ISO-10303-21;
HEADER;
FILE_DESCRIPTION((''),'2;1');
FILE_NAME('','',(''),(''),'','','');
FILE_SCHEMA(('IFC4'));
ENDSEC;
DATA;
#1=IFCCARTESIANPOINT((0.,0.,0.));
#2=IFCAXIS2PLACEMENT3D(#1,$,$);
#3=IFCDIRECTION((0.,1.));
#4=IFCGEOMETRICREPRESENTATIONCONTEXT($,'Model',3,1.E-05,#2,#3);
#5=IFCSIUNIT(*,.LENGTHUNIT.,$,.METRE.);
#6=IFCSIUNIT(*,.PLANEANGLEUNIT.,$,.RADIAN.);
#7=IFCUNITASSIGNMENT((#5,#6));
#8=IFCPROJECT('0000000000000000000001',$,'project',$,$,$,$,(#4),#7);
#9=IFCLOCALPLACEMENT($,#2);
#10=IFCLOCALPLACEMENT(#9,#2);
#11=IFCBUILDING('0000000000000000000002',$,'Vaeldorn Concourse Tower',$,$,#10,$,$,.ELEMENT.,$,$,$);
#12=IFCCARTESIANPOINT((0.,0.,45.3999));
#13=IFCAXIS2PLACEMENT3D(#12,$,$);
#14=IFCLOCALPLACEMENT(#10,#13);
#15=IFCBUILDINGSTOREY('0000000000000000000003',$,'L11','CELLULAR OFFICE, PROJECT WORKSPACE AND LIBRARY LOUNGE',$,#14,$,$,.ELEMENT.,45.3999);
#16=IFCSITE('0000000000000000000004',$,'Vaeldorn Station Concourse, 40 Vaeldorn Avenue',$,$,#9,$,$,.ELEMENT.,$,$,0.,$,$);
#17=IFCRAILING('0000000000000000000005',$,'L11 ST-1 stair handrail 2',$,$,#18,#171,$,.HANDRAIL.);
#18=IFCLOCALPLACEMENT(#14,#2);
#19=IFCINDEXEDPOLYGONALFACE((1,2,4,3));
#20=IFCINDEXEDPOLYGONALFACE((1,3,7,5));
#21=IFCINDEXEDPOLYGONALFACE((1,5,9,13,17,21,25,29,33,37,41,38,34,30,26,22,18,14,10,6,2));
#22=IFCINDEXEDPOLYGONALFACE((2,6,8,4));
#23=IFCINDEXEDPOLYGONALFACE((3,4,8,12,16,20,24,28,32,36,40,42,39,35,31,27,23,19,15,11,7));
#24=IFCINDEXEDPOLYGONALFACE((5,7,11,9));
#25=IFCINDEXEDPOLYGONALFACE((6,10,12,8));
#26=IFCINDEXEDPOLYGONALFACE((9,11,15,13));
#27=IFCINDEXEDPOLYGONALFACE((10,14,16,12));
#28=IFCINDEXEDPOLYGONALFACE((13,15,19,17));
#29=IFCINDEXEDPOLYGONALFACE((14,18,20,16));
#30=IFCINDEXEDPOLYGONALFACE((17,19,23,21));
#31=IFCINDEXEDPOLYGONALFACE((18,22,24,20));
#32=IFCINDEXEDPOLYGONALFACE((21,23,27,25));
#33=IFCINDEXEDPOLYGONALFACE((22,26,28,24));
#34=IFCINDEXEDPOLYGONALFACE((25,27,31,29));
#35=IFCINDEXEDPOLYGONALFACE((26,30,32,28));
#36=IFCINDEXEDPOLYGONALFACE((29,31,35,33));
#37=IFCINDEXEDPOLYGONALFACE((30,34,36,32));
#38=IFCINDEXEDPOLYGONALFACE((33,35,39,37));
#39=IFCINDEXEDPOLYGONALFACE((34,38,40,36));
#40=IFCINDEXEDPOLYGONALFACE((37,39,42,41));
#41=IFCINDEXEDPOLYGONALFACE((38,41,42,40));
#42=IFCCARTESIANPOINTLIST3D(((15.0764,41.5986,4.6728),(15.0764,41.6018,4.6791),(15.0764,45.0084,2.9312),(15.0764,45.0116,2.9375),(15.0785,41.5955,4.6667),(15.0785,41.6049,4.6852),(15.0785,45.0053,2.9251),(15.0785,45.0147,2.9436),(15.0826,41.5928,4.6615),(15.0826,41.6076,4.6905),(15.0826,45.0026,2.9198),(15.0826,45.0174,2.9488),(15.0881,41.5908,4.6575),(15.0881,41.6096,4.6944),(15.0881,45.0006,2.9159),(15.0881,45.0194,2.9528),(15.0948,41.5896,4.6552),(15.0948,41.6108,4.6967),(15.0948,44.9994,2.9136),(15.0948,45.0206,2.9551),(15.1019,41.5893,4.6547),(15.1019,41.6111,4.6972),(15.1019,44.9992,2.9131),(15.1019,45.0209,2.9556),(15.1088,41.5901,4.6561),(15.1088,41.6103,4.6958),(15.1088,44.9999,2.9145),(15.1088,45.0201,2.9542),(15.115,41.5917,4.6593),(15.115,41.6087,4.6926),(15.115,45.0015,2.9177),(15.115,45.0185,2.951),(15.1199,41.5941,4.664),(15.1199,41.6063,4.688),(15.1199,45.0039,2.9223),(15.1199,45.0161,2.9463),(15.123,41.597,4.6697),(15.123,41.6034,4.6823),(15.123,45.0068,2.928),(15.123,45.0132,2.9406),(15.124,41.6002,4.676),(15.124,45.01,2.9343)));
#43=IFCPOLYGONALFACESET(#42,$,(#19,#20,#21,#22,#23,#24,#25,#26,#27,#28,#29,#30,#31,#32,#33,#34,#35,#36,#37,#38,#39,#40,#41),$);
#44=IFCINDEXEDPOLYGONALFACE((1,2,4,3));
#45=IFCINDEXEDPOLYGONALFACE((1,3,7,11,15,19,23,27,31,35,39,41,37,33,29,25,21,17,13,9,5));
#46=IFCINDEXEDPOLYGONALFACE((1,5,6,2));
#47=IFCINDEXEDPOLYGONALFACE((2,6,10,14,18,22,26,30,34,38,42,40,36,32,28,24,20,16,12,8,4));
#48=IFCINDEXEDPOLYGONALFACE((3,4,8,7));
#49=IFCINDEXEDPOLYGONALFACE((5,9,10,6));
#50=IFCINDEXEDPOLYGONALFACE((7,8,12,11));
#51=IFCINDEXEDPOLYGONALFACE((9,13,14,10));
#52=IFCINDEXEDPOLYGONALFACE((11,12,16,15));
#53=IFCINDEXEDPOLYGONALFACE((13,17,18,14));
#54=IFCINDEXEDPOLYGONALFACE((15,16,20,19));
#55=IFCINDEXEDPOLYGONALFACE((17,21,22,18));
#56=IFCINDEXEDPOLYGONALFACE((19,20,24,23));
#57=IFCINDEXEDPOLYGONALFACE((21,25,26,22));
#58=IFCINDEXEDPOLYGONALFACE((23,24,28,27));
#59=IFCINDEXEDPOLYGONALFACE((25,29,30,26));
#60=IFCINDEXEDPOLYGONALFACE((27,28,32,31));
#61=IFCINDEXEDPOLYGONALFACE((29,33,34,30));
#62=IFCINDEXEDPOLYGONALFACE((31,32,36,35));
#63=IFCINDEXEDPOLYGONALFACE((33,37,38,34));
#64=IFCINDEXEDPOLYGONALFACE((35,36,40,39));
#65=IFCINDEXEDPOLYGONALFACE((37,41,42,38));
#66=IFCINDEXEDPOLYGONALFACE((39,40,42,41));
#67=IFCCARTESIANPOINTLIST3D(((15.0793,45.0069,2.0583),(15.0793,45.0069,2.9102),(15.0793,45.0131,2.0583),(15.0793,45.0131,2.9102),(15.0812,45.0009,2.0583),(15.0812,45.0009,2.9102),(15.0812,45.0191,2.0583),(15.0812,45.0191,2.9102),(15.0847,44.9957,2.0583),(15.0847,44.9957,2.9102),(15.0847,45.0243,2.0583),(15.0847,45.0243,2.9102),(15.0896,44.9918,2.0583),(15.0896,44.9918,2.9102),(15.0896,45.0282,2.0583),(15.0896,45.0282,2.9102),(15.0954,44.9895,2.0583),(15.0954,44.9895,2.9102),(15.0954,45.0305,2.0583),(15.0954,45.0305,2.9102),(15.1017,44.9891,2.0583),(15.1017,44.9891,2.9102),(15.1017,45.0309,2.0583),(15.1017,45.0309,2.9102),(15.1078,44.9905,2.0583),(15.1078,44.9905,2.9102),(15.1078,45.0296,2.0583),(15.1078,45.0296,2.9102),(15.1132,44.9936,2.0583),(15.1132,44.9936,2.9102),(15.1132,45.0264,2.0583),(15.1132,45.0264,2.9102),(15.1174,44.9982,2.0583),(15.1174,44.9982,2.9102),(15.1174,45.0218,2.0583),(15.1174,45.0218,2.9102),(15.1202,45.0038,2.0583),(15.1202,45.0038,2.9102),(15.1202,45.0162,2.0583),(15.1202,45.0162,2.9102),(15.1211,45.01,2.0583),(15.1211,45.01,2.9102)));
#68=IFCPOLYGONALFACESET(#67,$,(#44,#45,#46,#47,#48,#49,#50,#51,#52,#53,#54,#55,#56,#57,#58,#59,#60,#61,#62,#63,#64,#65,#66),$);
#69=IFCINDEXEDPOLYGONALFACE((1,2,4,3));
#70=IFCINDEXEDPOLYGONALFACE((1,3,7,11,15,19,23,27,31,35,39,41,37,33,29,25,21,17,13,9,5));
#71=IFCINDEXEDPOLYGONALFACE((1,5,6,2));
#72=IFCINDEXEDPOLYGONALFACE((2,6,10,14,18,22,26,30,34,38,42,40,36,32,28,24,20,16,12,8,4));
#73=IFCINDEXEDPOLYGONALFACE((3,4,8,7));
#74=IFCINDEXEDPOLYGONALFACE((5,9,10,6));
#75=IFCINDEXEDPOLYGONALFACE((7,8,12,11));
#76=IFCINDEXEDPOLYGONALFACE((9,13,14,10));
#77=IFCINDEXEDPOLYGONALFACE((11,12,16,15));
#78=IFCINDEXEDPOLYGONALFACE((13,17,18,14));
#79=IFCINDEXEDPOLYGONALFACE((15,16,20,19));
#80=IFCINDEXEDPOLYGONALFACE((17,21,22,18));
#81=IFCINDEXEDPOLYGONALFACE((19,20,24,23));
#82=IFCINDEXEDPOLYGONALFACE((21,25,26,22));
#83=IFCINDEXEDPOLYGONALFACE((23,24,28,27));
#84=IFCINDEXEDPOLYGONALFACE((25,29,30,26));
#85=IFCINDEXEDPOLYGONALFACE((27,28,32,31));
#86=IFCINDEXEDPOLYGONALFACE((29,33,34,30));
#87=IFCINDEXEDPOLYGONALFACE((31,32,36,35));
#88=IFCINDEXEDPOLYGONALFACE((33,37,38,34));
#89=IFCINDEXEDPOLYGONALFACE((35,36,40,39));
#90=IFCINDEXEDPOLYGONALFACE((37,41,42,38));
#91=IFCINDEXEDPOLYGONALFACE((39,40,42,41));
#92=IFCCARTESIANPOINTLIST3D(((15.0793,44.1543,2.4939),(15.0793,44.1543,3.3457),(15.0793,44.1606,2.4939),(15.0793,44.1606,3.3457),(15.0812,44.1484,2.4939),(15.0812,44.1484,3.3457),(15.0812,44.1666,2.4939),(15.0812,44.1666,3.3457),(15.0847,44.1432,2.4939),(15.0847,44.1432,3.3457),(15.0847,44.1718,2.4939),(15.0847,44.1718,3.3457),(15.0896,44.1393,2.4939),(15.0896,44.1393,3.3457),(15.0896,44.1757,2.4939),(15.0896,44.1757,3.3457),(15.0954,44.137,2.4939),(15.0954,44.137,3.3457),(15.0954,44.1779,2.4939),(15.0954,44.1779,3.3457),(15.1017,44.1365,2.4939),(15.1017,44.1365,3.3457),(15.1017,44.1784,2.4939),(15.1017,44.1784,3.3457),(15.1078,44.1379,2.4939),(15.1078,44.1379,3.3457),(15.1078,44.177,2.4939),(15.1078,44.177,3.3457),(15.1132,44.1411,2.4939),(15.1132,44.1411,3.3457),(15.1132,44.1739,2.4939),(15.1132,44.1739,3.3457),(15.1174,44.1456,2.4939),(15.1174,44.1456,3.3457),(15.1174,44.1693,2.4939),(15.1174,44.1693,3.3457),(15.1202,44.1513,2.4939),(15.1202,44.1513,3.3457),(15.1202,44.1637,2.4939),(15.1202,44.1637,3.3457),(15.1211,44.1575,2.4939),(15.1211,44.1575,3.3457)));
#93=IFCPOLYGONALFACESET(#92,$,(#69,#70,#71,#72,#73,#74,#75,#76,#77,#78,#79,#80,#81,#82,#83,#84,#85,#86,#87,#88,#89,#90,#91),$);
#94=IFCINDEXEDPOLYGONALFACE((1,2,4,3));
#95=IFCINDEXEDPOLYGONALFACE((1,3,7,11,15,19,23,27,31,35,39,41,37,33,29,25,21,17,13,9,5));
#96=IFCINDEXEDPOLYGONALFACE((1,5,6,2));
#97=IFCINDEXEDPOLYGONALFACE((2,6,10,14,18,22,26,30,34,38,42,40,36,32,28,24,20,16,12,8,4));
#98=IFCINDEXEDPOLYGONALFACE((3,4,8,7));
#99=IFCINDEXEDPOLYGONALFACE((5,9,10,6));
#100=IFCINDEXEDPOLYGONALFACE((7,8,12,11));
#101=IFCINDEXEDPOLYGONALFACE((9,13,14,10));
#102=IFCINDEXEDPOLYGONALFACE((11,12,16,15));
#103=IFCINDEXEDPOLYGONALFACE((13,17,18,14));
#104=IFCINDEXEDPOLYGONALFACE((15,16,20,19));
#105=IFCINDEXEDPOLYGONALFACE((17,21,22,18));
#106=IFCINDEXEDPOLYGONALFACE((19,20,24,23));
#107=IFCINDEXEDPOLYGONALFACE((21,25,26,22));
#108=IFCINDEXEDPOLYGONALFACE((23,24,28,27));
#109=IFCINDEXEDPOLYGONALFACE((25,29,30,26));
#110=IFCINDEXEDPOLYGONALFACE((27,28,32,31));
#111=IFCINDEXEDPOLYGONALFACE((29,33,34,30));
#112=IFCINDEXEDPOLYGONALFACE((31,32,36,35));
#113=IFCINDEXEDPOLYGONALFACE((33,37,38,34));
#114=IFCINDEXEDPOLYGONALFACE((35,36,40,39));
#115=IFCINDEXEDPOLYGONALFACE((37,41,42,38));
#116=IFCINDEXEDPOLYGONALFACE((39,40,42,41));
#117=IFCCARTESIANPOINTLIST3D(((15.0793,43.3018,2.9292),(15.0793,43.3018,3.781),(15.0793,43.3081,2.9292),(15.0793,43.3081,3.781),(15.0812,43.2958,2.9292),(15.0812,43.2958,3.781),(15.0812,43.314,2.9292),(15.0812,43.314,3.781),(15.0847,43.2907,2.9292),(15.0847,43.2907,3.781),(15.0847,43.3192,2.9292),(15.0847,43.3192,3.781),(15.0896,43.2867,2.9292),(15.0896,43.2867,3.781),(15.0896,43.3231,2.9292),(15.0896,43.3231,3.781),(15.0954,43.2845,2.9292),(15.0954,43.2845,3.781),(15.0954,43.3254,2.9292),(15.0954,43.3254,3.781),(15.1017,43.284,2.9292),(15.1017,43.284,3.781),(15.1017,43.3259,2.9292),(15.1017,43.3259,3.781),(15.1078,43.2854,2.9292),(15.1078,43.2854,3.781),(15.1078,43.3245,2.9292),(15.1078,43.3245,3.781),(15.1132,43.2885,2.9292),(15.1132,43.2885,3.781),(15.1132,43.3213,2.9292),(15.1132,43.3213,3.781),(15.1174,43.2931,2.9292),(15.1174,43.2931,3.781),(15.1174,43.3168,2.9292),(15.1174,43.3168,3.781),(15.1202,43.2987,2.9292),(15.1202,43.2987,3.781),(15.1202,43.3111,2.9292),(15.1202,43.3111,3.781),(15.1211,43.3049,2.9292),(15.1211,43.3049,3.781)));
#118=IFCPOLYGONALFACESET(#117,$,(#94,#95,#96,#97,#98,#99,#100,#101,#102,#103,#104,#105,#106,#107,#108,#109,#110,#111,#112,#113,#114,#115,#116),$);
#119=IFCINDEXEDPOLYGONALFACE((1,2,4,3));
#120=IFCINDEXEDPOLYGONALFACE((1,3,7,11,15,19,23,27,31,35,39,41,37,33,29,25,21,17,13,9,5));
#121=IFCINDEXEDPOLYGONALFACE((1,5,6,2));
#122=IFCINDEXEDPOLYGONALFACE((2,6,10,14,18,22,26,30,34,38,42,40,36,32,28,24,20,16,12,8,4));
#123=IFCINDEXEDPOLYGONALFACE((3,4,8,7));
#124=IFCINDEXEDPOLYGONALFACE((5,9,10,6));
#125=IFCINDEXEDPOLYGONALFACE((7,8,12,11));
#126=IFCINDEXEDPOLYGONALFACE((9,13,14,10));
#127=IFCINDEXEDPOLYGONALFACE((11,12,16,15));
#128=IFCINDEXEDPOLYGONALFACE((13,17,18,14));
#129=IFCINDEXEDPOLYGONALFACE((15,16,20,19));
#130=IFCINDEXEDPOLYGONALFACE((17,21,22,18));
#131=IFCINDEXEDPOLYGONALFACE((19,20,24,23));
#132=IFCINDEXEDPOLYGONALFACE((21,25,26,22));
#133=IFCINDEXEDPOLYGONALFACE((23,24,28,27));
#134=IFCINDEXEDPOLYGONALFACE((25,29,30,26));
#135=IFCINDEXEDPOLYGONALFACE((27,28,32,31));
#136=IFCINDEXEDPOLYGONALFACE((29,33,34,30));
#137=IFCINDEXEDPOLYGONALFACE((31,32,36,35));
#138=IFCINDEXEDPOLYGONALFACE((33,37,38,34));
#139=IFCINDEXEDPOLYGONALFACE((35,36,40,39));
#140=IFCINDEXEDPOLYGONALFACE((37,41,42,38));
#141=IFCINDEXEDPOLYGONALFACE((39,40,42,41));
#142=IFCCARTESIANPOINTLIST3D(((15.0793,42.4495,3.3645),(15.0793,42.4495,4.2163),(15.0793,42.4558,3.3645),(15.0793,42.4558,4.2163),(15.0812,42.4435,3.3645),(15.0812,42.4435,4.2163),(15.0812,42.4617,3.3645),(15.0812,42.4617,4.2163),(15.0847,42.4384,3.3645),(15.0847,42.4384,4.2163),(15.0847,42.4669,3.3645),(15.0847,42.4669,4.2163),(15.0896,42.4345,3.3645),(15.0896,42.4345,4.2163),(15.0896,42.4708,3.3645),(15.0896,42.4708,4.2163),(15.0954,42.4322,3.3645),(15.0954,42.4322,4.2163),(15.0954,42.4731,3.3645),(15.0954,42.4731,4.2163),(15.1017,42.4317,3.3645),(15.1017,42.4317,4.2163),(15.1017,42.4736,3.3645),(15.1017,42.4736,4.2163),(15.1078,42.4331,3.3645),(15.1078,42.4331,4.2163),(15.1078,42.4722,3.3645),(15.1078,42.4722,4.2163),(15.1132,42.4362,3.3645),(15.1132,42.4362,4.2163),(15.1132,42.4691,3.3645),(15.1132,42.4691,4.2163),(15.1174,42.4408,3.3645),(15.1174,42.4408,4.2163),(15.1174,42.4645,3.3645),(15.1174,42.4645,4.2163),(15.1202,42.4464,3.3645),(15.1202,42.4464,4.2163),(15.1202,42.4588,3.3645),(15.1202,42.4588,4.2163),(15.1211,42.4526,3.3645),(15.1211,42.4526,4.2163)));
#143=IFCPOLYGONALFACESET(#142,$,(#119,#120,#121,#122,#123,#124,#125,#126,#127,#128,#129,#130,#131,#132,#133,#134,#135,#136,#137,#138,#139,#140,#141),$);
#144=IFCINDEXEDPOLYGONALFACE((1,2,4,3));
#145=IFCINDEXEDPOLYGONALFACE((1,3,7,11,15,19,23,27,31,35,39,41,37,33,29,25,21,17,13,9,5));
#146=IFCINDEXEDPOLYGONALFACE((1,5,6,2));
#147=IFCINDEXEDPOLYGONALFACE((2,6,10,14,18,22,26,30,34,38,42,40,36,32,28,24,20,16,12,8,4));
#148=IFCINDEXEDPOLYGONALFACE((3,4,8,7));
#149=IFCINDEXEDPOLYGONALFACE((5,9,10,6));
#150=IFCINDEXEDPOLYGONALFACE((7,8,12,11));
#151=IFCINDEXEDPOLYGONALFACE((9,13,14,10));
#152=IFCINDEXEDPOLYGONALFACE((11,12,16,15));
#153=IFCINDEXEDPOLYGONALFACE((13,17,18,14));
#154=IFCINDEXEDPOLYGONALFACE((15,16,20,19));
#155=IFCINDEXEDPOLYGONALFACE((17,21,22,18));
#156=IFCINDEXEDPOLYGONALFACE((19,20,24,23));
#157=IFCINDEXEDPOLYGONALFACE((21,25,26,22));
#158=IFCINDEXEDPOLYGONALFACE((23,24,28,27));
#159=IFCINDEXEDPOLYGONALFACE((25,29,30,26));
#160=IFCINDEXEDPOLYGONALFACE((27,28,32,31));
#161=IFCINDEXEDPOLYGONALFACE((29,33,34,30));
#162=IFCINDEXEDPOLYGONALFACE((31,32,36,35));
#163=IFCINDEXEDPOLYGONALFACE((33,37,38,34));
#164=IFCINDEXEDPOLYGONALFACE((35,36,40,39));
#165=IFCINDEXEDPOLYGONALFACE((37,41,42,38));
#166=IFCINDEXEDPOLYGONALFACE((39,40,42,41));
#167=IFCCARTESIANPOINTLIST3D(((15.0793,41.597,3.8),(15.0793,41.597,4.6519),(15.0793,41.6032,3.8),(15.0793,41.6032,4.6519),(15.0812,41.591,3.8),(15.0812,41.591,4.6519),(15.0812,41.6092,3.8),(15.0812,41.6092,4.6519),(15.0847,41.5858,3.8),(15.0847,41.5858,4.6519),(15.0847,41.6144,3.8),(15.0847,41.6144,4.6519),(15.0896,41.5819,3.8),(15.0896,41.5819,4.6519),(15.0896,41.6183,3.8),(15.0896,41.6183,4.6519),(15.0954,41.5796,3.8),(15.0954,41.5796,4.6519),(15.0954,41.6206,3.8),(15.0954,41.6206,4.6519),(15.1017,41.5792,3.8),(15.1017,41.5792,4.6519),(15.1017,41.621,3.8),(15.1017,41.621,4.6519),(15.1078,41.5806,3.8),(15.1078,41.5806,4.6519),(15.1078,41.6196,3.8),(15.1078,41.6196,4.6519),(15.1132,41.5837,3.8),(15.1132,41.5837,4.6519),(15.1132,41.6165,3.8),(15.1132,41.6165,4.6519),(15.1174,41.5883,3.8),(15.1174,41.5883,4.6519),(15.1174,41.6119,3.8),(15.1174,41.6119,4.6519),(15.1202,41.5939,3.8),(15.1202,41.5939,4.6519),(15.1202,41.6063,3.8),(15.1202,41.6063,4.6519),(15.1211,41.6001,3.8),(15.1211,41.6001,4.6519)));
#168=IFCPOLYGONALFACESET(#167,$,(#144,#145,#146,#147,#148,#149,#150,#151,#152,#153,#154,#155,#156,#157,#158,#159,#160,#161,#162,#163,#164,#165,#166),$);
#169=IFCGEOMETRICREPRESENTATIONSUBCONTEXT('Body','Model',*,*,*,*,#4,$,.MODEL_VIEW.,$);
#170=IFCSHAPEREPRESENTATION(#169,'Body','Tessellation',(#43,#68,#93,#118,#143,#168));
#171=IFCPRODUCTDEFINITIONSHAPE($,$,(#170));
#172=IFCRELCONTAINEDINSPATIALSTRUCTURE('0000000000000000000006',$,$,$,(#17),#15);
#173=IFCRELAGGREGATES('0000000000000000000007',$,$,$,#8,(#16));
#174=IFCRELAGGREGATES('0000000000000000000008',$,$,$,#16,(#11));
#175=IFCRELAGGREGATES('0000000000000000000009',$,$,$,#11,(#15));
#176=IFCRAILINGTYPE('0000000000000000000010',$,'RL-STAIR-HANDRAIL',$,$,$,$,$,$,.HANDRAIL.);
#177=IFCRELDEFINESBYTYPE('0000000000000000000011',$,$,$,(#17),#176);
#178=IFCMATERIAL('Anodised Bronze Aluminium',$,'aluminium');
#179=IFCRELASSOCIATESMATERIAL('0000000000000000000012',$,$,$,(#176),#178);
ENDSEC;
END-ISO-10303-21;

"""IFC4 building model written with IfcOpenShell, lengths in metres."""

from ifc_helpers import new_model, si_unit, direction, frame, origin, origin_2d, place, context, subcontext, project, spatial, circle, extrude, material, type_object, element, save


model = new_model("IFC4")

# Units and contexts
model_context = context("Model", 3, precision=1e-05, world=origin(), true_north=direction((0.0, 1.0)))
body_context = subcontext(model_context, "Body", "Model", "MODEL_VIEW")
ifc_project = project(units=[si_unit("LENGTHUNIT", "METRE"), si_unit("PLANEANGLEUNIT", "RADIAN")], contexts=[model_context])

# Site, building, storey
site_placement = place(None, origin())
site = spatial("IfcSite", under=ifc_project, at=site_placement, Name="Vaeldorn Station Concourse, 40 Vaeldorn Avenue", CompositionType="ELEMENT", RefElevation=0.0)
building_placement = place(site_placement, origin())
building = spatial("IfcBuilding", under=site, at=building_placement, Name="Vaeldorn Concourse Tower", CompositionType="ELEMENT")
storey_placement = place(building_placement, frame((0.0, 0.0, 45.3999)))
storey = spatial("IfcBuildingStorey", under=building, at=storey_placement, Name="L11", Description="CELLULAR OFFICE, PROJECT WORKSPACE AND LIBRARY LOUNGE", CompositionType="ELEMENT", Elevation=45.3999)

# Shared definitions
ifc_material_1 = material(Name="Anodised Bronze Aluminium", Category="aluminium")

# Railing
railing_type_1 = type_object("IfcRailingType", Name="RL-STAIR-HANDRAIL", PredefinedType="HANDRAIL", material=ifc_material_1)
railing_1_placement = place(storey_placement, frame((15.1001, 45.01, 2.0583)))
element("IfcRailing", 1, at=railing_1_placement, inside=storey, type_object=railing_type_1, Name="L11 ST-1 stair handrail 2", PredefinedType="HANDRAIL", context=body_context, shape_type="SweptSolid", body=[
    extrude(circle(Radius=0.0239, at=origin_2d()), frame((0.0, 0.0, 0.876), z_axis=(0.0, -0.890556, 0.454874), x_axis=(1.0, 0.0, 0.0)), (0.0, 0.0, 1.0), 3.8289),
    extrude(circle(Radius=0.021, at=origin_2d()), origin(), (0.0, 0.0, 1.0), 0.8518),
    extrude(circle(Radius=0.021, at=origin_2d()), frame((0.0, -0.8525, 0.4355)), (0.0, 0.0, 1.0), 0.8518),
    extrude(circle(Radius=0.021, at=origin_2d()), frame((0.0, -1.7051, 0.8708)), (0.0, 0.0, 1.0), 0.8518),
    extrude(circle(Radius=0.021, at=origin_2d()), frame((0.0, -2.5574, 1.3062)), (0.0, 0.0, 1.0), 0.8518),
    extrude(circle(Radius=0.021, at=origin_2d()), frame((0.0, -3.4099, 1.7417)), (0.0, 0.0, 1.0), 0.8518),
])

save(model, "model.ifc")
